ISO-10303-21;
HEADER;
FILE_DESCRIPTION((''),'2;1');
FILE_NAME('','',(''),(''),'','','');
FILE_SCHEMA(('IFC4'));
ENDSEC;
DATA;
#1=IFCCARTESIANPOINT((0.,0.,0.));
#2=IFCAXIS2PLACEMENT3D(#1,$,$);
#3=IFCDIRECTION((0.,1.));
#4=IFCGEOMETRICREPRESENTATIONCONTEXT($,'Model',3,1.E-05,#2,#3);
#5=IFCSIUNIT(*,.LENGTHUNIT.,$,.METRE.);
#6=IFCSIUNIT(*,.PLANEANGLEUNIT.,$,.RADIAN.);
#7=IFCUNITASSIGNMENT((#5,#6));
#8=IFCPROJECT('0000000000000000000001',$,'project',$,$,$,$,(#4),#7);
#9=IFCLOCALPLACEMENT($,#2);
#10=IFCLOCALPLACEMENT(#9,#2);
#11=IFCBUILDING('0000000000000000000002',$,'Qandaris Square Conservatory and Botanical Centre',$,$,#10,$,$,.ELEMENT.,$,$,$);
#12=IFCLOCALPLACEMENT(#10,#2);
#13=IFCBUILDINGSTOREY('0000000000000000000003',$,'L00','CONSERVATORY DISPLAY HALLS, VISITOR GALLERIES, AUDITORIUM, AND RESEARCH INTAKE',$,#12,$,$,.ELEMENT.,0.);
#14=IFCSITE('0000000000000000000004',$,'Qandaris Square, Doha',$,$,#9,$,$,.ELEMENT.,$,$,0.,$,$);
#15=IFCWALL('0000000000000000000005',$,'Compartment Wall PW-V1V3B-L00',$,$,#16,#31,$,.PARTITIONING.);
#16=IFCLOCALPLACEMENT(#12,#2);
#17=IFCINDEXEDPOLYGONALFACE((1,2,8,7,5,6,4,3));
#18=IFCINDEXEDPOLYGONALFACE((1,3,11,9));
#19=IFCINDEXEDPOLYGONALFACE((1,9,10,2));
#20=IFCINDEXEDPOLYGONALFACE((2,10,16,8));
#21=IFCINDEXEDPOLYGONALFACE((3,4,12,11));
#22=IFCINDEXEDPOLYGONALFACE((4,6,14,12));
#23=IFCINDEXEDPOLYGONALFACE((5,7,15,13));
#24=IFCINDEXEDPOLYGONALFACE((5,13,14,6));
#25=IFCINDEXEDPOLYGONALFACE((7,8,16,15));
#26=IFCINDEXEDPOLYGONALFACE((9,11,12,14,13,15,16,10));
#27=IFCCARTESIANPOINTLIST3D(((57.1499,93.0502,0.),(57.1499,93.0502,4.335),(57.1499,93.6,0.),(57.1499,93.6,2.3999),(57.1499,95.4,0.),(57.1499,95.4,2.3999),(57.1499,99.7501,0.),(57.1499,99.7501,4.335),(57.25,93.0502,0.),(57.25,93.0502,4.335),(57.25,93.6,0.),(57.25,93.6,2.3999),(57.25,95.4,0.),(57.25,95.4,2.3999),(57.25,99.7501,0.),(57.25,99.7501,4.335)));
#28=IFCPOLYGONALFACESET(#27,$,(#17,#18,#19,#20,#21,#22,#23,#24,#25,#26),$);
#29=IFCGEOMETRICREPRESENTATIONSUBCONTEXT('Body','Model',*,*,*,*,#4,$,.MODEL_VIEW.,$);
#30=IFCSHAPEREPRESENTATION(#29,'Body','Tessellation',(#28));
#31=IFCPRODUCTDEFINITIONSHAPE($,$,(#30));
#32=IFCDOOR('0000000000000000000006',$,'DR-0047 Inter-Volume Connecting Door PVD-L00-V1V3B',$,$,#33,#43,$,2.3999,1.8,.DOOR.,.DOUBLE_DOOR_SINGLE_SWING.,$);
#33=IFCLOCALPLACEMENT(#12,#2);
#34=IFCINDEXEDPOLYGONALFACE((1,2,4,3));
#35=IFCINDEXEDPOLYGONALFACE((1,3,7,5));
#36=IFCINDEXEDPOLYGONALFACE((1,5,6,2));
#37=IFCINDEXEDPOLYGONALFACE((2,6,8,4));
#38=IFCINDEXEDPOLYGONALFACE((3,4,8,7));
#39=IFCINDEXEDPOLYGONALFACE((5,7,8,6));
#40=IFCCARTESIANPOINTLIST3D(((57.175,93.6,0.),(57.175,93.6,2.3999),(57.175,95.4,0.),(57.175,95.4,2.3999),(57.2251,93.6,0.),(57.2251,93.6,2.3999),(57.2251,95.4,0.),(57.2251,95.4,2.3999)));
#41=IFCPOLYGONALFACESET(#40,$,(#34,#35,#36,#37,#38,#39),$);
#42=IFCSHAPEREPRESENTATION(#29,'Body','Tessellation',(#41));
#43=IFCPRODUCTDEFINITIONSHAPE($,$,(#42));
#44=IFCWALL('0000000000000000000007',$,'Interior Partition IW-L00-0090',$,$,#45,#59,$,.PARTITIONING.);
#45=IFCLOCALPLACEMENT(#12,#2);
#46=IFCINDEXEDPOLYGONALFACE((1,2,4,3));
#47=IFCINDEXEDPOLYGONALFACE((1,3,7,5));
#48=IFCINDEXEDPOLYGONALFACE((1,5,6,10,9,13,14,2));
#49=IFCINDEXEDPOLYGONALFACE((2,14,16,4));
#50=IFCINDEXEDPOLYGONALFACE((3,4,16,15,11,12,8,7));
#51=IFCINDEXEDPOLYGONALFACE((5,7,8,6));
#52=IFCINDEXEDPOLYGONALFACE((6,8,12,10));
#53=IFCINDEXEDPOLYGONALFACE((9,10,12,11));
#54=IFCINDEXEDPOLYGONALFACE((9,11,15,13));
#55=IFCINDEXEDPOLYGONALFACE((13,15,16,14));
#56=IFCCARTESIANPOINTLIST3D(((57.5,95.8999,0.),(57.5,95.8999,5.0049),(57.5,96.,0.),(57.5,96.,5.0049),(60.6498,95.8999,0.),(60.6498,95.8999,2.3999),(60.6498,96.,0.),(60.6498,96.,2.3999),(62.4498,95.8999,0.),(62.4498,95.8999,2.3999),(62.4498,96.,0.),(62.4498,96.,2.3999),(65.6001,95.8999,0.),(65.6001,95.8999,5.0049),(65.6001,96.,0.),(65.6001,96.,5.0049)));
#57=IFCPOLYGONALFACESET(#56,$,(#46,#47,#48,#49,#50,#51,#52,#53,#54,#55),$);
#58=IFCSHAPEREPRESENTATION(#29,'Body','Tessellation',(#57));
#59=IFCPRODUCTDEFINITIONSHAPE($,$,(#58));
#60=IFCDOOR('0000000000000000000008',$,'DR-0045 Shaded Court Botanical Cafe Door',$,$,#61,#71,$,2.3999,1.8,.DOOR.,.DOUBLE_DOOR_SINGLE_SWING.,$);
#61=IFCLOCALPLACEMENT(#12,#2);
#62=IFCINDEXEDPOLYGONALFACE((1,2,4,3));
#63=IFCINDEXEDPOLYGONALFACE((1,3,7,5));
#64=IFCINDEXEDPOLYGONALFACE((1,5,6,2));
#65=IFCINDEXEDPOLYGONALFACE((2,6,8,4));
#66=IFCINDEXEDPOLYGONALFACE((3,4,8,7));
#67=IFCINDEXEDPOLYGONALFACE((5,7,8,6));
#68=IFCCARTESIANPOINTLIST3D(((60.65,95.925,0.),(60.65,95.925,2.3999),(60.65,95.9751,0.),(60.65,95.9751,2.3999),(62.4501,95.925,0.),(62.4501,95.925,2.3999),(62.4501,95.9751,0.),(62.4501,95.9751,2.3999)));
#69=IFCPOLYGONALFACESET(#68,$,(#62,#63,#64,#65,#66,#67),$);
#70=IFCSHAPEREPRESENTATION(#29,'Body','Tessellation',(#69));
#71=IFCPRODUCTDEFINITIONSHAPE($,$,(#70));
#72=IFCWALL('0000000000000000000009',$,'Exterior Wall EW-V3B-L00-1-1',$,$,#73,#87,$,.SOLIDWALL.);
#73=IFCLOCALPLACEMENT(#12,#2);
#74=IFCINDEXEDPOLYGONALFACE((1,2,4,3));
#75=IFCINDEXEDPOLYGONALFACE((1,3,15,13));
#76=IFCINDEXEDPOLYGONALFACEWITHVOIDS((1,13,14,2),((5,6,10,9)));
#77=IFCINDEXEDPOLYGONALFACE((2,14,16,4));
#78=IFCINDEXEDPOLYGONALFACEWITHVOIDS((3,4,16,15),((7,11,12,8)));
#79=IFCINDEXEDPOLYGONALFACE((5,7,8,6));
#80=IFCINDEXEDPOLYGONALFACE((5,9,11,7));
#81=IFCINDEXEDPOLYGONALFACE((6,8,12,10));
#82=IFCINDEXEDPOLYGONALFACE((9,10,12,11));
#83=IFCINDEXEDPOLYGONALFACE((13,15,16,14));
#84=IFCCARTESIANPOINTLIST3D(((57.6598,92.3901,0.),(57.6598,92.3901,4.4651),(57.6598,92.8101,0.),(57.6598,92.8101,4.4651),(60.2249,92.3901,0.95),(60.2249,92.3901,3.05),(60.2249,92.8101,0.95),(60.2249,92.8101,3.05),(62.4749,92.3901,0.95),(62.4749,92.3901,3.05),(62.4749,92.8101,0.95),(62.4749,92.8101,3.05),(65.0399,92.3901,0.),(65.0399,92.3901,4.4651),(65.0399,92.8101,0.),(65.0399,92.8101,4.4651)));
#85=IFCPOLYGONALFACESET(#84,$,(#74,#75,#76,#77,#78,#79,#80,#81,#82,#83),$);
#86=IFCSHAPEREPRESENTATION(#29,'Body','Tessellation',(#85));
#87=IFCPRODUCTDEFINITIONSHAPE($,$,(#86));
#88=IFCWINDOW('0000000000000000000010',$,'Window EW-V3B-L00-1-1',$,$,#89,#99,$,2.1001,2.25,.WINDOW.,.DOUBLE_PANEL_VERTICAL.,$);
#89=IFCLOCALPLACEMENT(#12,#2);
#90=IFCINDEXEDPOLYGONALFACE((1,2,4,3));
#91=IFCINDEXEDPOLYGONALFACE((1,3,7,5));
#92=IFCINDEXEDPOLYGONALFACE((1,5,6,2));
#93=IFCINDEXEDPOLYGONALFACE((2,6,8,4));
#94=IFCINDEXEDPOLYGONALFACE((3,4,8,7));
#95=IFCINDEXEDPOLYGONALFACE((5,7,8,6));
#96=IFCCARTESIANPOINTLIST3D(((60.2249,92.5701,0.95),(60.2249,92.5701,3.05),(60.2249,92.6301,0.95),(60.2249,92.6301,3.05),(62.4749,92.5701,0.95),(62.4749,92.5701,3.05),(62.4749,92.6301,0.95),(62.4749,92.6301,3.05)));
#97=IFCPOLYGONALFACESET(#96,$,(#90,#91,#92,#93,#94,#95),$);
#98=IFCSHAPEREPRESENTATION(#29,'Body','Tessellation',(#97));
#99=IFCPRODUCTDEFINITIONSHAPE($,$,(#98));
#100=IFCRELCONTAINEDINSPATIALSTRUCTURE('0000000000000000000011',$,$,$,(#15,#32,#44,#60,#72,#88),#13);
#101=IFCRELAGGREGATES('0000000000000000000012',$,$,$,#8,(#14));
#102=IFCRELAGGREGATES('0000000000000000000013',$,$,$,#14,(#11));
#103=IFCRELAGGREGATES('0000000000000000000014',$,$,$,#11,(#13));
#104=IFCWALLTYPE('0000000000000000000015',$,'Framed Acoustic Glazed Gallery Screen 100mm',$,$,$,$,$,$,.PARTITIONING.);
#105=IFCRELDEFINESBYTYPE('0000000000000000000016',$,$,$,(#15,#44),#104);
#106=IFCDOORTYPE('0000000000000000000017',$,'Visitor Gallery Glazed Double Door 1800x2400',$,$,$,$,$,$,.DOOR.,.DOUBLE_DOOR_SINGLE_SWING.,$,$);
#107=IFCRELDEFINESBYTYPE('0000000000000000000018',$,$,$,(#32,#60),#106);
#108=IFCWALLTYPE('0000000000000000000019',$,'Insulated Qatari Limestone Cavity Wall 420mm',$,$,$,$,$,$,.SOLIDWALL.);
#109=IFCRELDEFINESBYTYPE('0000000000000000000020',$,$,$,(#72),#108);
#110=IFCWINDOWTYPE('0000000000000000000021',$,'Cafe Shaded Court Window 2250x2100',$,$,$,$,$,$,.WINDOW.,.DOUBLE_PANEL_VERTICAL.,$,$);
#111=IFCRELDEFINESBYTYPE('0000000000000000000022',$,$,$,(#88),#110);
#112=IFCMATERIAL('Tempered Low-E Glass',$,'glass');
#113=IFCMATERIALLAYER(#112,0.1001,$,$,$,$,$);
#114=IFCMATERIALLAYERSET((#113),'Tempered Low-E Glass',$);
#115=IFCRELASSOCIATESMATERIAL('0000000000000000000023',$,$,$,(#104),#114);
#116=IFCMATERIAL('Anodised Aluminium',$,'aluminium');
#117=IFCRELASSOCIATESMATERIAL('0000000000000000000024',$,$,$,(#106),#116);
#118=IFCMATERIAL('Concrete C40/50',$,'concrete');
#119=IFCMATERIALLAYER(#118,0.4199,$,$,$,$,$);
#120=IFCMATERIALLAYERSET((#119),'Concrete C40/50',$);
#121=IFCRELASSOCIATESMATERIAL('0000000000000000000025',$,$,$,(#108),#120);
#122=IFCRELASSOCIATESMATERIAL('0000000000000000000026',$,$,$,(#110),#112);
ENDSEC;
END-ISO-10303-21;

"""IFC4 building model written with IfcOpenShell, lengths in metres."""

from ifc_helpers import new_model, si_unit, direction, frame, frame_2d, origin, place, context, subcontext, project, spatial, rectangle, extrude, material, layer, layer_set, type_object, element, fill, save


model = new_model("IFC4")

# Units and contexts
model_context = context("Model", 3, precision=1e-05, world=origin(), true_north=direction((0.0, 1.0)))
body_context = subcontext(model_context, "Body", "Model", "MODEL_VIEW")
ifc_project = project(units=[si_unit("LENGTHUNIT", "METRE"), si_unit("PLANEANGLEUNIT", "RADIAN")], contexts=[model_context])

# Site, building, storey
site_placement = place(None, origin())
site = spatial("IfcSite", under=ifc_project, at=site_placement, Name="Qandaris Square, Doha", CompositionType="ELEMENT", RefElevation=0.0)
building_placement = place(site_placement, origin())
building = spatial("IfcBuilding", under=site, at=building_placement, Name="Qandaris Square Conservatory and Botanical Centre", CompositionType="ELEMENT")
storey_placement = place(building_placement, origin())
storey = spatial("IfcBuildingStorey", under=building, at=storey_placement, Name="L00", Description="CONSERVATORY DISPLAY HALLS, VISITOR GALLERIES, AUDITORIUM, AND RESEARCH INTAKE", CompositionType="ELEMENT", Elevation=0.0)

# Shared definitions
ifc_material_1 = material(Name="Concrete C40/50", Category="concrete")

# Shared definitions
ifc_material_2 = material(Name="Anodised Aluminium", Category="aluminium")

# Shared definitions
ifc_material_3 = material(Name="Tempered Low-E Glass", Category="glass")

# Walls, openings, doors
ifc_layer_1 = layer(ifc_material_3, 0.1001)
ifc_layer_set_1 = layer_set([ifc_layer_1], Name="Tempered Low-E Glass")
wall_type_1 = type_object("IfcWallType", Name="Framed Acoustic Glazed Gallery Screen 100mm", PredefinedType="PARTITIONING", material=ifc_layer_set_1)
wall_1_placement = place(storey_placement, frame((57.2, 93.05, 0.0), z_axis=(0.0, 0.0, 1.0), x_axis=(0.0, 1.0, 0.0)))
wall_1 = element("IfcWall", 1, at=wall_1_placement, inside=storey, type_object=wall_type_1, Name="Compartment Wall PW-V1V3B-L00", PredefinedType="PARTITIONING", context=body_context, shape_type="SweptSolid", body=[
    extrude(rectangle(XDim=6.7, YDim=0.1001, at=frame_2d((3.3501, 0.0))), origin(), (0.0, 0.0, 1.0), 4.335),
])
opening_1_placement = place(wall_1_placement, frame((0.55, 0.0, 0.0)))
opening_1 = element("IfcOpeningElement", 2, at=opening_1_placement, cuts=wall_1, PredefinedType="OPENING", context=body_context, shape_type="SweptSolid", body=[
    extrude(rectangle(XDim=1.8, YDim=2.3999, at=frame_2d((0.8999, 1.2))), frame((0.0, 0.062, 0.0), z_axis=(0.0, -1.0, 0.0), x_axis=(1.0, 0.0, 0.0)), (0.0, 0.0, 1.0), 0.124),
])
door_type = type_object("IfcDoorType", Name="Visitor Gallery Glazed Double Door 1800x2400", OperationType="DOUBLE_DOOR_SINGLE_SWING", PredefinedType="DOOR", material=ifc_material_2)
door_1_placement = place(opening_1_placement, origin())
door_1 = element("IfcDoor", 3, at=door_1_placement, inside=storey, type_object=door_type, Name="DR-0047 Inter-Volume Connecting Door PVD-L00-V1V3B", OperationType="DOUBLE_DOOR_SINGLE_SWING", OverallHeight=2.3999, OverallWidth=1.8, PredefinedType="DOOR", context=body_context, shape_type="SweptSolid", body=[
    extrude(rectangle(XDim=1.8, YDim=2.3999, at=frame_2d((0.8999, 1.2))), frame((0.0, 0.0249, 0.0), z_axis=(0.0, -1.0, 0.0), x_axis=(1.0, 0.0, 0.0)), (0.0, 0.0, 1.0), 0.05),
])
fill(opening_1, door_1)
wall_2_placement = place(storey_placement, frame((57.5, 95.95, 0.0), z_axis=(0.0, 0.0, 1.0), x_axis=(1.0, 0.0, 0.0)))
wall_2 = element("IfcWall", 4, at=wall_2_placement, inside=storey, type_object=wall_type_1, Name="Interior Partition IW-L00-0090", PredefinedType="PARTITIONING", context=body_context, shape_type="SweptSolid", body=[
    extrude(rectangle(XDim=8.1001, YDim=0.1001, at=frame_2d((4.05, 0.0))), origin(), (0.0, 0.0, 1.0), 5.0049),
])
opening_2_placement = place(wall_2_placement, frame((3.1499, 0.0, 0.0)))
opening_2 = element("IfcOpeningElement", 5, at=opening_2_placement, cuts=wall_2, PredefinedType="OPENING", context=body_context, shape_type="SweptSolid", body=[
    extrude(rectangle(XDim=1.8, YDim=2.3999, at=frame_2d((0.8999, 1.2))), frame((0.0, 0.062, 0.0), z_axis=(0.0, -1.0, 0.0), x_axis=(1.0, 0.0, 0.0)), (0.0, 0.0, 1.0), 0.124),
])
door_2_placement = place(opening_2_placement, frame((1.8, 0.0, 0.0), z_axis=(0.0, 0.0, 1.0), x_axis=(-1.0, 0.0, 0.0)))
door_2 = element("IfcDoor", 6, at=door_2_placement, inside=storey, type_object=door_type, Name="DR-0045 Shaded Court Botanical Cafe Door", OperationType="DOUBLE_DOOR_SINGLE_SWING", OverallHeight=2.3999, OverallWidth=1.8, PredefinedType="DOOR", context=body_context, shape_type="SweptSolid", body=[
    extrude(rectangle(XDim=1.8, YDim=2.3999, at=frame_2d((0.8999, 1.2))), frame((0.0, 0.0249, 0.0), z_axis=(0.0, -1.0, 0.0), x_axis=(1.0, 0.0, 0.0)), (0.0, 0.0, 1.0), 0.05),
])
fill(opening_2, door_2)

# Wall, opening, window
ifc_layer_2 = layer(ifc_material_1, 0.4199)
ifc_layer_set_2 = layer_set([ifc_layer_2], Name="Concrete C40/50")
wall_type_2 = type_object("IfcWallType", Name="Insulated Qatari Limestone Cavity Wall 420mm", PredefinedType="SOLIDWALL", material=ifc_layer_set_2)
wall_3_placement = place(storey_placement, frame((57.6599, 92.6001, 0.0), z_axis=(0.0, 0.0, 1.0), x_axis=(1.0, 0.0, 0.0)))
wall_3 = element("IfcWall", 7, at=wall_3_placement, inside=storey, type_object=wall_type_2, Name="Exterior Wall EW-V3B-L00-1-1", PredefinedType="SOLIDWALL", context=body_context, shape_type="SweptSolid", body=[
    extrude(rectangle(XDim=7.3801, YDim=0.4199, at=frame_2d((3.6899, 0.0))), origin(), (0.0, 0.0, 1.0), 4.4651),
])
opening_3_placement = place(wall_3_placement, frame((2.5649, 0.0, 0.95)))
opening_3 = element("IfcOpeningElement", 8, at=opening_3_placement, cuts=wall_3, PredefinedType="OPENING", context=body_context, shape_type="SweptSolid", body=[
    extrude(rectangle(XDim=2.25, YDim=2.1001, at=frame_2d((1.125, 1.05))), frame((0.0, 0.2219, 0.0), z_axis=(0.0, -1.0, 0.0), x_axis=(1.0, 0.0, 0.0)), (0.0, 0.0, 1.0), 0.4438),
])
window_type = type_object("IfcWindowType", Name="Cafe Shaded Court Window 2250x2100", PartitioningType="DOUBLE_PANEL_VERTICAL", PredefinedType="WINDOW", material=ifc_material_3)
window_placement = place(opening_3_placement, origin())
window = element("IfcWindow", 9, at=window_placement, inside=storey, type_object=window_type, Name="Window EW-V3B-L00-1-1", OverallHeight=2.1001, OverallWidth=2.25, PartitioningType="DOUBLE_PANEL_VERTICAL", PredefinedType="WINDOW", context=body_context, shape_type="SweptSolid", body=[
    extrude(rectangle(XDim=2.25, YDim=2.1001, at=frame_2d((1.125, 1.05))), frame((0.0, 0.03, 0.0), z_axis=(0.0, -1.0, 0.0), x_axis=(1.0, 0.0, 0.0)), (0.0, 0.0, 1.0), 0.0601),
])
fill(opening_3, window)

save(model, "model.ifc")
